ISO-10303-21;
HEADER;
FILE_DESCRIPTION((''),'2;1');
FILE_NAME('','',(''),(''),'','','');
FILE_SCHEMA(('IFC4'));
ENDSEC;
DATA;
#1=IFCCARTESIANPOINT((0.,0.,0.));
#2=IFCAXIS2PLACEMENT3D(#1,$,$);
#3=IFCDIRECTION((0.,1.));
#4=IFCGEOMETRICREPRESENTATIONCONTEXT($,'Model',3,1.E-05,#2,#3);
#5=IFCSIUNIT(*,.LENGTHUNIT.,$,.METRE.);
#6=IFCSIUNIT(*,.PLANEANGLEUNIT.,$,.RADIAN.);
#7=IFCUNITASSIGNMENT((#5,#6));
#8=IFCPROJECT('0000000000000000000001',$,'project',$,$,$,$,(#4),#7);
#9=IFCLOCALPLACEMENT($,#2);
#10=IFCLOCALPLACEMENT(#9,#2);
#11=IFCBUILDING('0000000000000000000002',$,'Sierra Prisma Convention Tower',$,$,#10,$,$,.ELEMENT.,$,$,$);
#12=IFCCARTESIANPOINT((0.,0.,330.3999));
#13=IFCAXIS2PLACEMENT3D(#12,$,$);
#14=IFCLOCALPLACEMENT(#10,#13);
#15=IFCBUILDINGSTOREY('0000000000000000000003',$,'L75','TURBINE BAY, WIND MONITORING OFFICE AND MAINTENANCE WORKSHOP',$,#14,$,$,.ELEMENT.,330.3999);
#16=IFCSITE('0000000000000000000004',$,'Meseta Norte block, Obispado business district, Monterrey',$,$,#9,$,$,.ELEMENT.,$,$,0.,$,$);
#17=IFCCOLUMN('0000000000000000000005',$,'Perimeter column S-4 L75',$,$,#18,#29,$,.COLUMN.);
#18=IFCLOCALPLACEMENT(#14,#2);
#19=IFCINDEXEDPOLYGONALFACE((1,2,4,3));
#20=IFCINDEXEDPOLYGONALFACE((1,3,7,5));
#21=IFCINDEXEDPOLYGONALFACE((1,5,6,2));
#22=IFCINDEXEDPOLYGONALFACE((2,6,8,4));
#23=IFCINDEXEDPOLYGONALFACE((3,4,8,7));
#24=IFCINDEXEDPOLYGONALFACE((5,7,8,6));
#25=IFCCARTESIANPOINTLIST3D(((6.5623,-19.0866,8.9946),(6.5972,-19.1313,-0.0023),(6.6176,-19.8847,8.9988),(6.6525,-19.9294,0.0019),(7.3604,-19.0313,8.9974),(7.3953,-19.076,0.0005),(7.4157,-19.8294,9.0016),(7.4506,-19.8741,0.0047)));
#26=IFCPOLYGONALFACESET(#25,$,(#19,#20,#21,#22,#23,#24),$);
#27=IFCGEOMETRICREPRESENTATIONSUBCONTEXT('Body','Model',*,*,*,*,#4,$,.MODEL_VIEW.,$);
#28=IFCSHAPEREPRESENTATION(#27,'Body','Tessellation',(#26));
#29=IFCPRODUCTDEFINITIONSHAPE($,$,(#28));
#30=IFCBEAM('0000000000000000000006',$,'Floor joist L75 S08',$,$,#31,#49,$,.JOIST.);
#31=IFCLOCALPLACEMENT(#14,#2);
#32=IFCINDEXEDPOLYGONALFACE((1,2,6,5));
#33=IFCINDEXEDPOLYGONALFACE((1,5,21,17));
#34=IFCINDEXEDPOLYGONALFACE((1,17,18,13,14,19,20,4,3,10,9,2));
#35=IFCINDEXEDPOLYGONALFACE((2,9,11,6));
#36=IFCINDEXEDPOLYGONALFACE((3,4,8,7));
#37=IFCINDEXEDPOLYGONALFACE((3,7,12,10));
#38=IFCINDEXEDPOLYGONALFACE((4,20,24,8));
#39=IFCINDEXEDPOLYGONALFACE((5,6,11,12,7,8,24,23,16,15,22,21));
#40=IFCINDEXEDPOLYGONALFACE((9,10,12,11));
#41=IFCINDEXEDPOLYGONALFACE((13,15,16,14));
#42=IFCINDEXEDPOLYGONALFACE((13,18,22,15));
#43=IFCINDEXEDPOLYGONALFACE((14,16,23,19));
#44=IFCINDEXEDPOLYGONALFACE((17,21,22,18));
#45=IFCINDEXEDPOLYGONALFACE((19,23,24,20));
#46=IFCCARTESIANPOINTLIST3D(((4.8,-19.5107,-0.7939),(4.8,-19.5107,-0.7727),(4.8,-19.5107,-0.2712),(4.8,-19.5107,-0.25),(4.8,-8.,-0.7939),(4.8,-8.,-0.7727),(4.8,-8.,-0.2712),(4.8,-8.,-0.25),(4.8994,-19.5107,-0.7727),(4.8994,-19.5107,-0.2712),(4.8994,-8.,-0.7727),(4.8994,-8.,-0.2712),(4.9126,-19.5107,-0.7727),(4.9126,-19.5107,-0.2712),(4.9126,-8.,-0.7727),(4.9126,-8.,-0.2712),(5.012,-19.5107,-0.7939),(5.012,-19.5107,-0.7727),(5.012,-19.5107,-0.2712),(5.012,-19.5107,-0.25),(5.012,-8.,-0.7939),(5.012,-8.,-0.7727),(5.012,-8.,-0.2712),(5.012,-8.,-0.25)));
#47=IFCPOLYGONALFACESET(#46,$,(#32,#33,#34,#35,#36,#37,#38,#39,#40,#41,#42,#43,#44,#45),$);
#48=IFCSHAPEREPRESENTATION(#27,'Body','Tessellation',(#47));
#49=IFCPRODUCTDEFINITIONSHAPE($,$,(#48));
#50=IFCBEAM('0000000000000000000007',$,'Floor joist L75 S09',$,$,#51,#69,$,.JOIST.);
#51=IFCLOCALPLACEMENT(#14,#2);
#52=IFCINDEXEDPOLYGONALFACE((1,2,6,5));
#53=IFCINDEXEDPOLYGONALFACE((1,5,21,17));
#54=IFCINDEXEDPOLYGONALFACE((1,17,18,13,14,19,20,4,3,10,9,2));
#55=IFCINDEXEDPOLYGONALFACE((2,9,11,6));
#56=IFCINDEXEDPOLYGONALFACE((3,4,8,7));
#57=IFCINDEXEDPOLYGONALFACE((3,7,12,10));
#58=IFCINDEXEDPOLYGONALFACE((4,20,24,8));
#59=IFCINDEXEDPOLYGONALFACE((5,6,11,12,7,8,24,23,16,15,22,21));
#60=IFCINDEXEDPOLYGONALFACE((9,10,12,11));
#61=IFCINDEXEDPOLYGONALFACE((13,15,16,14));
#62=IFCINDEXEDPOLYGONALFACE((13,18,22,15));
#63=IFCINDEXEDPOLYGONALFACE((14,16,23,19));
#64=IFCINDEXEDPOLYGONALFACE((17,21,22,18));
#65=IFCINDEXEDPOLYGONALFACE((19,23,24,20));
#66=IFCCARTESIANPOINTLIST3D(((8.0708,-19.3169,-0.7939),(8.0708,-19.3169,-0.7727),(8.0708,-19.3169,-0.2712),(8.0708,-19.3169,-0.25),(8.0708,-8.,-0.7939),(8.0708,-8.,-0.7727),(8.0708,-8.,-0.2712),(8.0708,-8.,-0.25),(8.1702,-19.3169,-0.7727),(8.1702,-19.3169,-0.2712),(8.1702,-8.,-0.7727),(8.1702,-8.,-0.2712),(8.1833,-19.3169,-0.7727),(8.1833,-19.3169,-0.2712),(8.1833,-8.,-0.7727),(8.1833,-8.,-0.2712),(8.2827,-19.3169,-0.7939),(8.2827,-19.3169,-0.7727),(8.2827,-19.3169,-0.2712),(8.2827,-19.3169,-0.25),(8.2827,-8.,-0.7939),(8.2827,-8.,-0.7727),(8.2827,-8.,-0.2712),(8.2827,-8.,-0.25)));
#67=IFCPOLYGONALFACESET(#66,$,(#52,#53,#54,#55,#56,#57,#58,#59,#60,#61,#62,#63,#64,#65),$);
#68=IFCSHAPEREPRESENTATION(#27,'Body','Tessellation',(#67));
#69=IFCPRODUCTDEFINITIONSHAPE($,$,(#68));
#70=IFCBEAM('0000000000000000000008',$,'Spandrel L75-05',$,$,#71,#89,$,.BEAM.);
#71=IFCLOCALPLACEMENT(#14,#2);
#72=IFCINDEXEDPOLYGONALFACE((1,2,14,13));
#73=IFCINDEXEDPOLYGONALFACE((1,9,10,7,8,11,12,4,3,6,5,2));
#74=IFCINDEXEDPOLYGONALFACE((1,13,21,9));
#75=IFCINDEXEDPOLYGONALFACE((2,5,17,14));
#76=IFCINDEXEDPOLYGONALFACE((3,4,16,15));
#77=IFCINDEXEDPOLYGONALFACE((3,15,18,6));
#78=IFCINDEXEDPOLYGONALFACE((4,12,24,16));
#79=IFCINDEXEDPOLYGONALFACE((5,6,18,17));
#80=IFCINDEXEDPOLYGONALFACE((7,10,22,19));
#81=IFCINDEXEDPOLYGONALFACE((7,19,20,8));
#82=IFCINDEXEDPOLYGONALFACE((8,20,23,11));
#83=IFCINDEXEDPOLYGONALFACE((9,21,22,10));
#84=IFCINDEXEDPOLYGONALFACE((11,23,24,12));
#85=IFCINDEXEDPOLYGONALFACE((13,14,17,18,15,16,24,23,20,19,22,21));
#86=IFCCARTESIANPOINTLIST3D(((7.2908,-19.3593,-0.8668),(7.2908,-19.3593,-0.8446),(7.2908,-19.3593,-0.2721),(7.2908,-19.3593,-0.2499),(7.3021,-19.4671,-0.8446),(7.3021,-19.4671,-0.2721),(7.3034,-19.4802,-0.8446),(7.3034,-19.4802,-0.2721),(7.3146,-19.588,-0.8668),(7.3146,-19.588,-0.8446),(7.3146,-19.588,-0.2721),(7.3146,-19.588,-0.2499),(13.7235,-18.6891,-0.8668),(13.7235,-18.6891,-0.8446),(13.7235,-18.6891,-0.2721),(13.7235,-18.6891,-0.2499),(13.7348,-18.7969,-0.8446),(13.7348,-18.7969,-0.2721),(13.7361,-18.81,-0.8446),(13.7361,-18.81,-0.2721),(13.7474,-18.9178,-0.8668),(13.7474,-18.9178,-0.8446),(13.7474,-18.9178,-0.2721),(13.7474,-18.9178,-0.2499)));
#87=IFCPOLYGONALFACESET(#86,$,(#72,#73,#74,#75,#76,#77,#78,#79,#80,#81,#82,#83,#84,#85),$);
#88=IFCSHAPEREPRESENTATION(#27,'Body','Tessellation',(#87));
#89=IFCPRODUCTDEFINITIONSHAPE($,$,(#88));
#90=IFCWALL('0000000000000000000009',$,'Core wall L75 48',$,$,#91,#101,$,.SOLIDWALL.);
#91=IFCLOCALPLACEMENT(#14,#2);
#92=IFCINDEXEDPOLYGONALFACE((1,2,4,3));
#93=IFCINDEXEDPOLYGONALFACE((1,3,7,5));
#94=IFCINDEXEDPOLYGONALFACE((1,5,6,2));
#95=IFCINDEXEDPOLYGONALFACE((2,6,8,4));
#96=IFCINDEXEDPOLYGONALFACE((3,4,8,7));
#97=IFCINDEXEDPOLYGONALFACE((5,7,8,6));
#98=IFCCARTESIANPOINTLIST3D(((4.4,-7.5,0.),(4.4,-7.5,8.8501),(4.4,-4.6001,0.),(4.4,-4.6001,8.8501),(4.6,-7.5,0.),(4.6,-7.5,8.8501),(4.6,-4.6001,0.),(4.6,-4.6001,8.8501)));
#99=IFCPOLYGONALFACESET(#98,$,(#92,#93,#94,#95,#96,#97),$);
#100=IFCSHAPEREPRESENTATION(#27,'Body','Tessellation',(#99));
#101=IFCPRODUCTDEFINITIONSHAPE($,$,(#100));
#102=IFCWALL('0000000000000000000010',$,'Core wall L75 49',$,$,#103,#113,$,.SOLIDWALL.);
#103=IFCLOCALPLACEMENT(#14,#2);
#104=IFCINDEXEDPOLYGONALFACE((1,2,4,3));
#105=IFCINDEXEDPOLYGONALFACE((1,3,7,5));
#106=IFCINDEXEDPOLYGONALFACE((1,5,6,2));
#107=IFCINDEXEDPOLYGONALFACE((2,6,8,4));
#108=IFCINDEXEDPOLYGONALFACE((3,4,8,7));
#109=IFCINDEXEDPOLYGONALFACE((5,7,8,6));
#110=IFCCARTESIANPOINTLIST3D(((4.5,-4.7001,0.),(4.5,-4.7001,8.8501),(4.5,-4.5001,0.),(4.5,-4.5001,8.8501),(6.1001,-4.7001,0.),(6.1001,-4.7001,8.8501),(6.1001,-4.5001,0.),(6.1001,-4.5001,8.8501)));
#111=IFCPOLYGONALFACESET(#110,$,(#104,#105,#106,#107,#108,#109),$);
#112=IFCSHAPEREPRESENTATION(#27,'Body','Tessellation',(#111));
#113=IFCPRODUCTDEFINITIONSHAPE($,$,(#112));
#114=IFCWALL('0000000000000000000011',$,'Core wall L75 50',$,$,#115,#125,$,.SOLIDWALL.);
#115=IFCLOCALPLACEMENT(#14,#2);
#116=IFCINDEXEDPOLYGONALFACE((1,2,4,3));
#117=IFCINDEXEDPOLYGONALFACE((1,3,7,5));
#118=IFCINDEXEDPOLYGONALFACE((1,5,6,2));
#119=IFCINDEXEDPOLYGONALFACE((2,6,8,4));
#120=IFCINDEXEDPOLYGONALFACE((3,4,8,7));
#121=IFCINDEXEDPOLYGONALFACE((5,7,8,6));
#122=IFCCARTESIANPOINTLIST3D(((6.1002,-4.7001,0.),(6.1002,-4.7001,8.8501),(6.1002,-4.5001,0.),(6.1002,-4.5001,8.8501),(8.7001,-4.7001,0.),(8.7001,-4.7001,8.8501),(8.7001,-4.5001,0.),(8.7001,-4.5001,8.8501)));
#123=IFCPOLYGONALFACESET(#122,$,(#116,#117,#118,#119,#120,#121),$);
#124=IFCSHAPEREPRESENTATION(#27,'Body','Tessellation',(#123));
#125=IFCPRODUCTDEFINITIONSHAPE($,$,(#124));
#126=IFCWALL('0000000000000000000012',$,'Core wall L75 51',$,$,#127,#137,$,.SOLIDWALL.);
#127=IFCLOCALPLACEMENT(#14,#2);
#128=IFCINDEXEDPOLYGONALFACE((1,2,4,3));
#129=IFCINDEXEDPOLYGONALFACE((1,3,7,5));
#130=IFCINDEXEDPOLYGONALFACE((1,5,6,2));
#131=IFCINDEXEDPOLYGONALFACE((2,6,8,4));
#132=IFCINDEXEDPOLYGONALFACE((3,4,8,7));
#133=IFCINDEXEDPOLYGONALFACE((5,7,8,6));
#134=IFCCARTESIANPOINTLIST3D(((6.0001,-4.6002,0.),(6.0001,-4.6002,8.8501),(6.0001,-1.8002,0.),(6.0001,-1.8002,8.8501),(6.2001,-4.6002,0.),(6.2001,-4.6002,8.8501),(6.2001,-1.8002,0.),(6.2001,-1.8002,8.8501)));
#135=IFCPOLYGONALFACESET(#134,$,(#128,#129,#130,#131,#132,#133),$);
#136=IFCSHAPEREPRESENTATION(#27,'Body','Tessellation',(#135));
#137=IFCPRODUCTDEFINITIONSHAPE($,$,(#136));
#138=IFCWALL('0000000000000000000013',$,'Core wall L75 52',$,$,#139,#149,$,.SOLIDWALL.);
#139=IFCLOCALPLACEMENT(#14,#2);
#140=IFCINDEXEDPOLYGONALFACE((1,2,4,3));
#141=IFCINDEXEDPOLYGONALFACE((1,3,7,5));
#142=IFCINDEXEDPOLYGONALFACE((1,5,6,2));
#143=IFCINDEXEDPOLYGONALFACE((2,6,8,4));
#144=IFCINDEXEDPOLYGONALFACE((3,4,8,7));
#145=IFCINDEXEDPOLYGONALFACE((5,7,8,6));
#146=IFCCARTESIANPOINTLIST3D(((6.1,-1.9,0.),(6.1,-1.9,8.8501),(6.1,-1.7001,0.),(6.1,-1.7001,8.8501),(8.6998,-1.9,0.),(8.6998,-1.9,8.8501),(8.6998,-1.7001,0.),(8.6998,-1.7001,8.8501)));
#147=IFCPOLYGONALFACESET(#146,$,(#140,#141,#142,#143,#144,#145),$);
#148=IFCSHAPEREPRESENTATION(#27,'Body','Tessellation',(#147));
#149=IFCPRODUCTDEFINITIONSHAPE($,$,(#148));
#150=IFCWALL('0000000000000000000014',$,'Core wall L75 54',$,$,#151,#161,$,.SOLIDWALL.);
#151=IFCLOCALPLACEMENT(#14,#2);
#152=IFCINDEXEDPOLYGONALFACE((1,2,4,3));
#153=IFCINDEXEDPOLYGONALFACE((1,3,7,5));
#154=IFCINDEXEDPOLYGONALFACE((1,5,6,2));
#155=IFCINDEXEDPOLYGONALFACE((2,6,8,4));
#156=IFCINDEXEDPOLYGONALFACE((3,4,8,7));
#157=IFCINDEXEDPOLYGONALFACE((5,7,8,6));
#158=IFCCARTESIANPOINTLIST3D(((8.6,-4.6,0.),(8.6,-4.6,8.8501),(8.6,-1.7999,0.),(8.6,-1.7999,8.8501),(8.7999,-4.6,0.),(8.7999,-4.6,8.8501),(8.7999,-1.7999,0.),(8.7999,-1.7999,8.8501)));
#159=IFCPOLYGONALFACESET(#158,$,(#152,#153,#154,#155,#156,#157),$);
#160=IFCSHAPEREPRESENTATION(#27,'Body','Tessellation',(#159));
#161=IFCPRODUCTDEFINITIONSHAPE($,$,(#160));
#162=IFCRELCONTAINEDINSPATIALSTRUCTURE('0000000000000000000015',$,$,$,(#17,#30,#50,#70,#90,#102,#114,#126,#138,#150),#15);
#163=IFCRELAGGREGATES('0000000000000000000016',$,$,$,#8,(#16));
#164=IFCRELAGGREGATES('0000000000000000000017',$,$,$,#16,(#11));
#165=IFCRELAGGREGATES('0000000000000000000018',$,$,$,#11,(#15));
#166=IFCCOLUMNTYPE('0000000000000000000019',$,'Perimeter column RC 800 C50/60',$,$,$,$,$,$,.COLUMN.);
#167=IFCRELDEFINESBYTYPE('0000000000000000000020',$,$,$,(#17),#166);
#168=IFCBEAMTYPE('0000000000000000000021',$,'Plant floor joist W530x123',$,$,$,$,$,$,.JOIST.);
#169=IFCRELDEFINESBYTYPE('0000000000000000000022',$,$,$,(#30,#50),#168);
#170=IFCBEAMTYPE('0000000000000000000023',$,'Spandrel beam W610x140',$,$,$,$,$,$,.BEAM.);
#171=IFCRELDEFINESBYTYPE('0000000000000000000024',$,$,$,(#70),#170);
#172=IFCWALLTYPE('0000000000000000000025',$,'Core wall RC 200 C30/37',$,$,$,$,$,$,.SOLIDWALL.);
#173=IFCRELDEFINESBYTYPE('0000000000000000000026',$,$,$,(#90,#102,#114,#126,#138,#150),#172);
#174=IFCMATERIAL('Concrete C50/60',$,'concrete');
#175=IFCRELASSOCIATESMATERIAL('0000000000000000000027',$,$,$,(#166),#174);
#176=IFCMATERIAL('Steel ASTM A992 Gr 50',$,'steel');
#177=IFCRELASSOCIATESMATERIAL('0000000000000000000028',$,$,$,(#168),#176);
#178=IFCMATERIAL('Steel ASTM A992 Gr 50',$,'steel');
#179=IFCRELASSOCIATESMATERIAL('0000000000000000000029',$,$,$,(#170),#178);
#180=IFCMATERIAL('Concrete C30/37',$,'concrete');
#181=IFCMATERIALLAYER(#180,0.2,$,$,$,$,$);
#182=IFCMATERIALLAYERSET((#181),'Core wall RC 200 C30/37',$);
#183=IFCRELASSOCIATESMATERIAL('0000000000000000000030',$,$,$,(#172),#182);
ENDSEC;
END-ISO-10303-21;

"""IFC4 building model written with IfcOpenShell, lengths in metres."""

from ifc_helpers import new_model, si_unit, direction, frame, frame_2d, origin, origin_2d, place, context, subcontext, project, spatial, rectangle, i_section, extrude, clip, halfspace, material, layer, layer_set, material_profile, profile_set, type_object, element, save


model = new_model("IFC4")

# Units and contexts
model_context = context("Model", 3, precision=1e-05, world=origin(), true_north=direction((0.0, 1.0)))
body_context = subcontext(model_context, "Body", "Model", "MODEL_VIEW")
ifc_project = project(units=[si_unit("LENGTHUNIT", "METRE"), si_unit("PLANEANGLEUNIT", "RADIAN")], contexts=[model_context])

# Site, building, storey
site_placement = place(None, origin())
site = spatial("IfcSite", under=ifc_project, at=site_placement, Name="Meseta Norte block, Obispado business district, Monterrey", CompositionType="ELEMENT", RefElevation=0.0)
building_placement = place(site_placement, origin())
building = spatial("IfcBuilding", under=site, at=building_placement, Name="Sierra Prisma Convention Tower", CompositionType="ELEMENT")
storey_placement = place(building_placement, frame((0.0, 0.0, 330.3999)))
storey = spatial("IfcBuildingStorey", under=building, at=storey_placement, Name="L75", Description="TURBINE BAY, WIND MONITORING OFFICE AND MAINTENANCE WORKSHOP", CompositionType="ELEMENT", Elevation=330.3999)

# Column
ifc_material_1 = material(Name="Concrete C50/60", Category="concrete")
ifc_material_profile_1 = material_profile(ifc_material_1, rectangle(XDim=0.8, YDim=0.8, at=origin_2d()), Name="Perimeter column RC 800 C50/60")
ifc_profile_set_1 = profile_set([ifc_material_profile_1], Name="Concrete C50/60")
column_type = type_object("IfcColumnType", Name="Perimeter column RC 800 C50/60", PredefinedType="COLUMN", material=ifc_profile_set_1)
column_placement = place(storey_placement, frame((7.0239, -19.5027, 0.0), z_axis=(-0.003879, 0.004964, 0.99998), x_axis=(0.9976, 0.069157, 0.003527)))
element("IfcColumn", 1, at=column_placement, inside=storey, type_object=column_type, Name="Perimeter column S-4 L75", PredefinedType="COLUMN", context=body_context, shape_type="SweptSolid", body=[
    clip(clip(extrude(rectangle(XDim=0.8, YDim=0.8, at=origin_2d()), origin(), (0.0, 0.0, 1.0), 9.0002), halfspace(frame((0.0, 0.0, 0.0012)), True)), halfspace(frame((0.0, 0.0, 8.9983)), False)),
])

# Beams
ifc_material_2 = material(Name="Steel ASTM A992 Gr 50", Category="steel")
ifc_material_profile_2 = material_profile(ifc_material_2, i_section(OverallWidth=0.2119, OverallDepth=0.5439, WebThickness=0.0132, FlangeThickness=0.0212, at=origin_2d()), Name="W530x123")
ifc_profile_set_2 = profile_set([ifc_material_profile_2], Name="Steel ASTM A992 Gr 50")
beam_type_1 = type_object("IfcBeamType", Name="Plant floor joist W530x123", PredefinedType="JOIST", material=ifc_profile_set_2)
beam_1_placement = place(storey_placement, frame((4.906, -19.5107, -0.522), z_axis=(0.0, 1.0, 0.0), x_axis=(-1.0, 0.0, 0.0)))
element("IfcBeam", 2, at=beam_1_placement, inside=storey, type_object=beam_type_1, Name="Floor joist L75 S08", PredefinedType="JOIST", context=body_context, shape_type="SweptSolid", body=[
    extrude(i_section(OverallWidth=0.2119, OverallDepth=0.5439, WebThickness=0.0132, FlangeThickness=0.0212, at=origin_2d()), origin(), (0.0, 0.0, 1.0), 11.5107),
])
beam_2_placement = place(storey_placement, frame((8.1768, -19.3169, -0.522), z_axis=(0.0, 1.0, 0.0), x_axis=(-1.0, 0.0, 0.0)))
element("IfcBeam", 3, at=beam_2_placement, inside=storey, type_object=beam_type_1, Name="Floor joist L75 S09", PredefinedType="JOIST", context=body_context, shape_type="SweptSolid", body=[
    extrude(i_section(OverallWidth=0.2119, OverallDepth=0.5439, WebThickness=0.0132, FlangeThickness=0.0212, at=origin_2d()), origin(), (0.0, 0.0, 1.0), 11.3169),
])
ifc_material_3 = material(Name="Steel ASTM A992 Gr 50", Category="steel")
ifc_material_profile_3 = material_profile(ifc_material_3, i_section(OverallWidth=0.23, OverallDepth=0.6169, WebThickness=0.0132, FlangeThickness=0.0222, at=origin_2d()), Name="W610x140")
ifc_profile_set_3 = profile_set([ifc_material_profile_3], Name="Steel ASTM A992 Gr 50")
beam_type_2 = type_object("IfcBeamType", Name="Spandrel beam W610x140", PredefinedType="BEAM", material=ifc_profile_set_3)
beam_3_placement = place(storey_placement, frame((7.3027, -19.4736, -0.5583), z_axis=(0.994617, 0.103622, 0.0), x_axis=(-0.103622, 0.994617, 0.0)))
element("IfcBeam", 4, at=beam_3_placement, inside=storey, type_object=beam_type_2, Name="Spandrel L75-05", PredefinedType="BEAM", context=body_context, shape_type="SweptSolid", body=[
    extrude(i_section(OverallWidth=0.23, OverallDepth=0.6169, WebThickness=0.0132, FlangeThickness=0.0222, at=origin_2d()), origin(), (0.0, 0.0, 1.0), 6.4675),
])

# Walls
ifc_material_4 = material(Name="Concrete C30/37", Category="concrete")
ifc_layer_1 = layer(ifc_material_4, 0.2)
ifc_layer_set_1 = layer_set([ifc_layer_1], Name="Core wall RC 200 C30/37")
wall_type_1 = type_object("IfcWallType", Name="Core wall RC 200 C30/37", PredefinedType="SOLIDWALL", material=ifc_layer_set_1)
wall_1_placement = place(storey_placement, frame((4.5, -4.6001, 0.0), z_axis=(0.0, 0.0, 1.0), x_axis=(0.0, -1.0, 0.0)))
element("IfcWall", 5, at=wall_1_placement, inside=storey, type_object=wall_type_1, Name="Core wall L75 48", PredefinedType="SOLIDWALL", context=body_context, shape_type="SweptSolid", body=[
    extrude(rectangle(XDim=2.8999, YDim=0.2, at=frame_2d((1.45, 0.0))), origin(), (0.0, 0.0, 1.0), 8.8501),
])
wall_2_placement = place(storey_placement, frame((6.1001, -4.6001, 0.0), z_axis=(0.0, 0.0, 1.0), x_axis=(-1.0, 0.0, 0.0)))
element("IfcWall", 6, at=wall_2_placement, inside=storey, type_object=wall_type_1, Name="Core wall L75 49", PredefinedType="SOLIDWALL", context=body_context, shape_type="SweptSolid", body=[
    extrude(rectangle(XDim=1.6001, YDim=0.2, at=frame_2d((0.8, 0.0))), origin(), (0.0, 0.0, 1.0), 8.8501),
])
wall_3_placement = place(storey_placement, frame((8.7, -4.6001, 0.0), z_axis=(0.0, 0.0, 1.0), x_axis=(-1.0, 0.0, 0.0)))
element("IfcWall", 7, at=wall_3_placement, inside=storey, type_object=wall_type_1, Name="Core wall L75 50", PredefinedType="SOLIDWALL", context=body_context, shape_type="SweptSolid", body=[
    extrude(rectangle(XDim=2.5999, YDim=0.2, at=frame_2d((1.2998, 0.0))), origin(), (0.0, 0.0, 1.0), 8.8501),
])
wall_4_placement = place(storey_placement, frame((6.1001, -4.6001, 0.0), z_axis=(0.0, 0.0, 1.0), x_axis=(0.0, 1.0, 0.0)))
element("IfcWall", 8, at=wall_4_placement, inside=storey, type_object=wall_type_1, Name="Core wall L75 51", PredefinedType="SOLIDWALL", context=body_context, shape_type="SweptSolid", body=[
    extrude(rectangle(XDim=2.8, YDim=0.2, at=frame_2d((1.3999, 0.0))), origin(), (0.0, 0.0, 1.0), 8.8501),
])
wall_5_placement = place(storey_placement, frame((6.1001, -1.8, 0.0), z_axis=(0.0, 0.0, 1.0), x_axis=(1.0, 0.0, 0.0)))
element("IfcWall", 9, at=wall_5_placement, inside=storey, type_object=wall_type_1, Name="Core wall L75 52", PredefinedType="SOLIDWALL", context=body_context, shape_type="SweptSolid", body=[
    extrude(rectangle(XDim=2.5999, YDim=0.2, at=frame_2d((1.2998, 0.0))), origin(), (0.0, 0.0, 1.0), 8.8501),
])

# Wall
wall_6_placement = place(storey_placement, frame((8.7, -1.8, 0.0), z_axis=(0.0, 0.0, 1.0), x_axis=(0.0, -1.0, 0.0)))
element("IfcWall", 10, at=wall_6_placement, inside=storey, type_object=wall_type_1, Name="Core wall L75 54", PredefinedType="SOLIDWALL", context=body_context, shape_type="SweptSolid", body=[
    extrude(rectangle(XDim=2.8, YDim=0.2, at=frame_2d((1.3999, 0.0))), origin(), (0.0, 0.0, 1.0), 8.8501),
])

save(model, "model.ifc")
